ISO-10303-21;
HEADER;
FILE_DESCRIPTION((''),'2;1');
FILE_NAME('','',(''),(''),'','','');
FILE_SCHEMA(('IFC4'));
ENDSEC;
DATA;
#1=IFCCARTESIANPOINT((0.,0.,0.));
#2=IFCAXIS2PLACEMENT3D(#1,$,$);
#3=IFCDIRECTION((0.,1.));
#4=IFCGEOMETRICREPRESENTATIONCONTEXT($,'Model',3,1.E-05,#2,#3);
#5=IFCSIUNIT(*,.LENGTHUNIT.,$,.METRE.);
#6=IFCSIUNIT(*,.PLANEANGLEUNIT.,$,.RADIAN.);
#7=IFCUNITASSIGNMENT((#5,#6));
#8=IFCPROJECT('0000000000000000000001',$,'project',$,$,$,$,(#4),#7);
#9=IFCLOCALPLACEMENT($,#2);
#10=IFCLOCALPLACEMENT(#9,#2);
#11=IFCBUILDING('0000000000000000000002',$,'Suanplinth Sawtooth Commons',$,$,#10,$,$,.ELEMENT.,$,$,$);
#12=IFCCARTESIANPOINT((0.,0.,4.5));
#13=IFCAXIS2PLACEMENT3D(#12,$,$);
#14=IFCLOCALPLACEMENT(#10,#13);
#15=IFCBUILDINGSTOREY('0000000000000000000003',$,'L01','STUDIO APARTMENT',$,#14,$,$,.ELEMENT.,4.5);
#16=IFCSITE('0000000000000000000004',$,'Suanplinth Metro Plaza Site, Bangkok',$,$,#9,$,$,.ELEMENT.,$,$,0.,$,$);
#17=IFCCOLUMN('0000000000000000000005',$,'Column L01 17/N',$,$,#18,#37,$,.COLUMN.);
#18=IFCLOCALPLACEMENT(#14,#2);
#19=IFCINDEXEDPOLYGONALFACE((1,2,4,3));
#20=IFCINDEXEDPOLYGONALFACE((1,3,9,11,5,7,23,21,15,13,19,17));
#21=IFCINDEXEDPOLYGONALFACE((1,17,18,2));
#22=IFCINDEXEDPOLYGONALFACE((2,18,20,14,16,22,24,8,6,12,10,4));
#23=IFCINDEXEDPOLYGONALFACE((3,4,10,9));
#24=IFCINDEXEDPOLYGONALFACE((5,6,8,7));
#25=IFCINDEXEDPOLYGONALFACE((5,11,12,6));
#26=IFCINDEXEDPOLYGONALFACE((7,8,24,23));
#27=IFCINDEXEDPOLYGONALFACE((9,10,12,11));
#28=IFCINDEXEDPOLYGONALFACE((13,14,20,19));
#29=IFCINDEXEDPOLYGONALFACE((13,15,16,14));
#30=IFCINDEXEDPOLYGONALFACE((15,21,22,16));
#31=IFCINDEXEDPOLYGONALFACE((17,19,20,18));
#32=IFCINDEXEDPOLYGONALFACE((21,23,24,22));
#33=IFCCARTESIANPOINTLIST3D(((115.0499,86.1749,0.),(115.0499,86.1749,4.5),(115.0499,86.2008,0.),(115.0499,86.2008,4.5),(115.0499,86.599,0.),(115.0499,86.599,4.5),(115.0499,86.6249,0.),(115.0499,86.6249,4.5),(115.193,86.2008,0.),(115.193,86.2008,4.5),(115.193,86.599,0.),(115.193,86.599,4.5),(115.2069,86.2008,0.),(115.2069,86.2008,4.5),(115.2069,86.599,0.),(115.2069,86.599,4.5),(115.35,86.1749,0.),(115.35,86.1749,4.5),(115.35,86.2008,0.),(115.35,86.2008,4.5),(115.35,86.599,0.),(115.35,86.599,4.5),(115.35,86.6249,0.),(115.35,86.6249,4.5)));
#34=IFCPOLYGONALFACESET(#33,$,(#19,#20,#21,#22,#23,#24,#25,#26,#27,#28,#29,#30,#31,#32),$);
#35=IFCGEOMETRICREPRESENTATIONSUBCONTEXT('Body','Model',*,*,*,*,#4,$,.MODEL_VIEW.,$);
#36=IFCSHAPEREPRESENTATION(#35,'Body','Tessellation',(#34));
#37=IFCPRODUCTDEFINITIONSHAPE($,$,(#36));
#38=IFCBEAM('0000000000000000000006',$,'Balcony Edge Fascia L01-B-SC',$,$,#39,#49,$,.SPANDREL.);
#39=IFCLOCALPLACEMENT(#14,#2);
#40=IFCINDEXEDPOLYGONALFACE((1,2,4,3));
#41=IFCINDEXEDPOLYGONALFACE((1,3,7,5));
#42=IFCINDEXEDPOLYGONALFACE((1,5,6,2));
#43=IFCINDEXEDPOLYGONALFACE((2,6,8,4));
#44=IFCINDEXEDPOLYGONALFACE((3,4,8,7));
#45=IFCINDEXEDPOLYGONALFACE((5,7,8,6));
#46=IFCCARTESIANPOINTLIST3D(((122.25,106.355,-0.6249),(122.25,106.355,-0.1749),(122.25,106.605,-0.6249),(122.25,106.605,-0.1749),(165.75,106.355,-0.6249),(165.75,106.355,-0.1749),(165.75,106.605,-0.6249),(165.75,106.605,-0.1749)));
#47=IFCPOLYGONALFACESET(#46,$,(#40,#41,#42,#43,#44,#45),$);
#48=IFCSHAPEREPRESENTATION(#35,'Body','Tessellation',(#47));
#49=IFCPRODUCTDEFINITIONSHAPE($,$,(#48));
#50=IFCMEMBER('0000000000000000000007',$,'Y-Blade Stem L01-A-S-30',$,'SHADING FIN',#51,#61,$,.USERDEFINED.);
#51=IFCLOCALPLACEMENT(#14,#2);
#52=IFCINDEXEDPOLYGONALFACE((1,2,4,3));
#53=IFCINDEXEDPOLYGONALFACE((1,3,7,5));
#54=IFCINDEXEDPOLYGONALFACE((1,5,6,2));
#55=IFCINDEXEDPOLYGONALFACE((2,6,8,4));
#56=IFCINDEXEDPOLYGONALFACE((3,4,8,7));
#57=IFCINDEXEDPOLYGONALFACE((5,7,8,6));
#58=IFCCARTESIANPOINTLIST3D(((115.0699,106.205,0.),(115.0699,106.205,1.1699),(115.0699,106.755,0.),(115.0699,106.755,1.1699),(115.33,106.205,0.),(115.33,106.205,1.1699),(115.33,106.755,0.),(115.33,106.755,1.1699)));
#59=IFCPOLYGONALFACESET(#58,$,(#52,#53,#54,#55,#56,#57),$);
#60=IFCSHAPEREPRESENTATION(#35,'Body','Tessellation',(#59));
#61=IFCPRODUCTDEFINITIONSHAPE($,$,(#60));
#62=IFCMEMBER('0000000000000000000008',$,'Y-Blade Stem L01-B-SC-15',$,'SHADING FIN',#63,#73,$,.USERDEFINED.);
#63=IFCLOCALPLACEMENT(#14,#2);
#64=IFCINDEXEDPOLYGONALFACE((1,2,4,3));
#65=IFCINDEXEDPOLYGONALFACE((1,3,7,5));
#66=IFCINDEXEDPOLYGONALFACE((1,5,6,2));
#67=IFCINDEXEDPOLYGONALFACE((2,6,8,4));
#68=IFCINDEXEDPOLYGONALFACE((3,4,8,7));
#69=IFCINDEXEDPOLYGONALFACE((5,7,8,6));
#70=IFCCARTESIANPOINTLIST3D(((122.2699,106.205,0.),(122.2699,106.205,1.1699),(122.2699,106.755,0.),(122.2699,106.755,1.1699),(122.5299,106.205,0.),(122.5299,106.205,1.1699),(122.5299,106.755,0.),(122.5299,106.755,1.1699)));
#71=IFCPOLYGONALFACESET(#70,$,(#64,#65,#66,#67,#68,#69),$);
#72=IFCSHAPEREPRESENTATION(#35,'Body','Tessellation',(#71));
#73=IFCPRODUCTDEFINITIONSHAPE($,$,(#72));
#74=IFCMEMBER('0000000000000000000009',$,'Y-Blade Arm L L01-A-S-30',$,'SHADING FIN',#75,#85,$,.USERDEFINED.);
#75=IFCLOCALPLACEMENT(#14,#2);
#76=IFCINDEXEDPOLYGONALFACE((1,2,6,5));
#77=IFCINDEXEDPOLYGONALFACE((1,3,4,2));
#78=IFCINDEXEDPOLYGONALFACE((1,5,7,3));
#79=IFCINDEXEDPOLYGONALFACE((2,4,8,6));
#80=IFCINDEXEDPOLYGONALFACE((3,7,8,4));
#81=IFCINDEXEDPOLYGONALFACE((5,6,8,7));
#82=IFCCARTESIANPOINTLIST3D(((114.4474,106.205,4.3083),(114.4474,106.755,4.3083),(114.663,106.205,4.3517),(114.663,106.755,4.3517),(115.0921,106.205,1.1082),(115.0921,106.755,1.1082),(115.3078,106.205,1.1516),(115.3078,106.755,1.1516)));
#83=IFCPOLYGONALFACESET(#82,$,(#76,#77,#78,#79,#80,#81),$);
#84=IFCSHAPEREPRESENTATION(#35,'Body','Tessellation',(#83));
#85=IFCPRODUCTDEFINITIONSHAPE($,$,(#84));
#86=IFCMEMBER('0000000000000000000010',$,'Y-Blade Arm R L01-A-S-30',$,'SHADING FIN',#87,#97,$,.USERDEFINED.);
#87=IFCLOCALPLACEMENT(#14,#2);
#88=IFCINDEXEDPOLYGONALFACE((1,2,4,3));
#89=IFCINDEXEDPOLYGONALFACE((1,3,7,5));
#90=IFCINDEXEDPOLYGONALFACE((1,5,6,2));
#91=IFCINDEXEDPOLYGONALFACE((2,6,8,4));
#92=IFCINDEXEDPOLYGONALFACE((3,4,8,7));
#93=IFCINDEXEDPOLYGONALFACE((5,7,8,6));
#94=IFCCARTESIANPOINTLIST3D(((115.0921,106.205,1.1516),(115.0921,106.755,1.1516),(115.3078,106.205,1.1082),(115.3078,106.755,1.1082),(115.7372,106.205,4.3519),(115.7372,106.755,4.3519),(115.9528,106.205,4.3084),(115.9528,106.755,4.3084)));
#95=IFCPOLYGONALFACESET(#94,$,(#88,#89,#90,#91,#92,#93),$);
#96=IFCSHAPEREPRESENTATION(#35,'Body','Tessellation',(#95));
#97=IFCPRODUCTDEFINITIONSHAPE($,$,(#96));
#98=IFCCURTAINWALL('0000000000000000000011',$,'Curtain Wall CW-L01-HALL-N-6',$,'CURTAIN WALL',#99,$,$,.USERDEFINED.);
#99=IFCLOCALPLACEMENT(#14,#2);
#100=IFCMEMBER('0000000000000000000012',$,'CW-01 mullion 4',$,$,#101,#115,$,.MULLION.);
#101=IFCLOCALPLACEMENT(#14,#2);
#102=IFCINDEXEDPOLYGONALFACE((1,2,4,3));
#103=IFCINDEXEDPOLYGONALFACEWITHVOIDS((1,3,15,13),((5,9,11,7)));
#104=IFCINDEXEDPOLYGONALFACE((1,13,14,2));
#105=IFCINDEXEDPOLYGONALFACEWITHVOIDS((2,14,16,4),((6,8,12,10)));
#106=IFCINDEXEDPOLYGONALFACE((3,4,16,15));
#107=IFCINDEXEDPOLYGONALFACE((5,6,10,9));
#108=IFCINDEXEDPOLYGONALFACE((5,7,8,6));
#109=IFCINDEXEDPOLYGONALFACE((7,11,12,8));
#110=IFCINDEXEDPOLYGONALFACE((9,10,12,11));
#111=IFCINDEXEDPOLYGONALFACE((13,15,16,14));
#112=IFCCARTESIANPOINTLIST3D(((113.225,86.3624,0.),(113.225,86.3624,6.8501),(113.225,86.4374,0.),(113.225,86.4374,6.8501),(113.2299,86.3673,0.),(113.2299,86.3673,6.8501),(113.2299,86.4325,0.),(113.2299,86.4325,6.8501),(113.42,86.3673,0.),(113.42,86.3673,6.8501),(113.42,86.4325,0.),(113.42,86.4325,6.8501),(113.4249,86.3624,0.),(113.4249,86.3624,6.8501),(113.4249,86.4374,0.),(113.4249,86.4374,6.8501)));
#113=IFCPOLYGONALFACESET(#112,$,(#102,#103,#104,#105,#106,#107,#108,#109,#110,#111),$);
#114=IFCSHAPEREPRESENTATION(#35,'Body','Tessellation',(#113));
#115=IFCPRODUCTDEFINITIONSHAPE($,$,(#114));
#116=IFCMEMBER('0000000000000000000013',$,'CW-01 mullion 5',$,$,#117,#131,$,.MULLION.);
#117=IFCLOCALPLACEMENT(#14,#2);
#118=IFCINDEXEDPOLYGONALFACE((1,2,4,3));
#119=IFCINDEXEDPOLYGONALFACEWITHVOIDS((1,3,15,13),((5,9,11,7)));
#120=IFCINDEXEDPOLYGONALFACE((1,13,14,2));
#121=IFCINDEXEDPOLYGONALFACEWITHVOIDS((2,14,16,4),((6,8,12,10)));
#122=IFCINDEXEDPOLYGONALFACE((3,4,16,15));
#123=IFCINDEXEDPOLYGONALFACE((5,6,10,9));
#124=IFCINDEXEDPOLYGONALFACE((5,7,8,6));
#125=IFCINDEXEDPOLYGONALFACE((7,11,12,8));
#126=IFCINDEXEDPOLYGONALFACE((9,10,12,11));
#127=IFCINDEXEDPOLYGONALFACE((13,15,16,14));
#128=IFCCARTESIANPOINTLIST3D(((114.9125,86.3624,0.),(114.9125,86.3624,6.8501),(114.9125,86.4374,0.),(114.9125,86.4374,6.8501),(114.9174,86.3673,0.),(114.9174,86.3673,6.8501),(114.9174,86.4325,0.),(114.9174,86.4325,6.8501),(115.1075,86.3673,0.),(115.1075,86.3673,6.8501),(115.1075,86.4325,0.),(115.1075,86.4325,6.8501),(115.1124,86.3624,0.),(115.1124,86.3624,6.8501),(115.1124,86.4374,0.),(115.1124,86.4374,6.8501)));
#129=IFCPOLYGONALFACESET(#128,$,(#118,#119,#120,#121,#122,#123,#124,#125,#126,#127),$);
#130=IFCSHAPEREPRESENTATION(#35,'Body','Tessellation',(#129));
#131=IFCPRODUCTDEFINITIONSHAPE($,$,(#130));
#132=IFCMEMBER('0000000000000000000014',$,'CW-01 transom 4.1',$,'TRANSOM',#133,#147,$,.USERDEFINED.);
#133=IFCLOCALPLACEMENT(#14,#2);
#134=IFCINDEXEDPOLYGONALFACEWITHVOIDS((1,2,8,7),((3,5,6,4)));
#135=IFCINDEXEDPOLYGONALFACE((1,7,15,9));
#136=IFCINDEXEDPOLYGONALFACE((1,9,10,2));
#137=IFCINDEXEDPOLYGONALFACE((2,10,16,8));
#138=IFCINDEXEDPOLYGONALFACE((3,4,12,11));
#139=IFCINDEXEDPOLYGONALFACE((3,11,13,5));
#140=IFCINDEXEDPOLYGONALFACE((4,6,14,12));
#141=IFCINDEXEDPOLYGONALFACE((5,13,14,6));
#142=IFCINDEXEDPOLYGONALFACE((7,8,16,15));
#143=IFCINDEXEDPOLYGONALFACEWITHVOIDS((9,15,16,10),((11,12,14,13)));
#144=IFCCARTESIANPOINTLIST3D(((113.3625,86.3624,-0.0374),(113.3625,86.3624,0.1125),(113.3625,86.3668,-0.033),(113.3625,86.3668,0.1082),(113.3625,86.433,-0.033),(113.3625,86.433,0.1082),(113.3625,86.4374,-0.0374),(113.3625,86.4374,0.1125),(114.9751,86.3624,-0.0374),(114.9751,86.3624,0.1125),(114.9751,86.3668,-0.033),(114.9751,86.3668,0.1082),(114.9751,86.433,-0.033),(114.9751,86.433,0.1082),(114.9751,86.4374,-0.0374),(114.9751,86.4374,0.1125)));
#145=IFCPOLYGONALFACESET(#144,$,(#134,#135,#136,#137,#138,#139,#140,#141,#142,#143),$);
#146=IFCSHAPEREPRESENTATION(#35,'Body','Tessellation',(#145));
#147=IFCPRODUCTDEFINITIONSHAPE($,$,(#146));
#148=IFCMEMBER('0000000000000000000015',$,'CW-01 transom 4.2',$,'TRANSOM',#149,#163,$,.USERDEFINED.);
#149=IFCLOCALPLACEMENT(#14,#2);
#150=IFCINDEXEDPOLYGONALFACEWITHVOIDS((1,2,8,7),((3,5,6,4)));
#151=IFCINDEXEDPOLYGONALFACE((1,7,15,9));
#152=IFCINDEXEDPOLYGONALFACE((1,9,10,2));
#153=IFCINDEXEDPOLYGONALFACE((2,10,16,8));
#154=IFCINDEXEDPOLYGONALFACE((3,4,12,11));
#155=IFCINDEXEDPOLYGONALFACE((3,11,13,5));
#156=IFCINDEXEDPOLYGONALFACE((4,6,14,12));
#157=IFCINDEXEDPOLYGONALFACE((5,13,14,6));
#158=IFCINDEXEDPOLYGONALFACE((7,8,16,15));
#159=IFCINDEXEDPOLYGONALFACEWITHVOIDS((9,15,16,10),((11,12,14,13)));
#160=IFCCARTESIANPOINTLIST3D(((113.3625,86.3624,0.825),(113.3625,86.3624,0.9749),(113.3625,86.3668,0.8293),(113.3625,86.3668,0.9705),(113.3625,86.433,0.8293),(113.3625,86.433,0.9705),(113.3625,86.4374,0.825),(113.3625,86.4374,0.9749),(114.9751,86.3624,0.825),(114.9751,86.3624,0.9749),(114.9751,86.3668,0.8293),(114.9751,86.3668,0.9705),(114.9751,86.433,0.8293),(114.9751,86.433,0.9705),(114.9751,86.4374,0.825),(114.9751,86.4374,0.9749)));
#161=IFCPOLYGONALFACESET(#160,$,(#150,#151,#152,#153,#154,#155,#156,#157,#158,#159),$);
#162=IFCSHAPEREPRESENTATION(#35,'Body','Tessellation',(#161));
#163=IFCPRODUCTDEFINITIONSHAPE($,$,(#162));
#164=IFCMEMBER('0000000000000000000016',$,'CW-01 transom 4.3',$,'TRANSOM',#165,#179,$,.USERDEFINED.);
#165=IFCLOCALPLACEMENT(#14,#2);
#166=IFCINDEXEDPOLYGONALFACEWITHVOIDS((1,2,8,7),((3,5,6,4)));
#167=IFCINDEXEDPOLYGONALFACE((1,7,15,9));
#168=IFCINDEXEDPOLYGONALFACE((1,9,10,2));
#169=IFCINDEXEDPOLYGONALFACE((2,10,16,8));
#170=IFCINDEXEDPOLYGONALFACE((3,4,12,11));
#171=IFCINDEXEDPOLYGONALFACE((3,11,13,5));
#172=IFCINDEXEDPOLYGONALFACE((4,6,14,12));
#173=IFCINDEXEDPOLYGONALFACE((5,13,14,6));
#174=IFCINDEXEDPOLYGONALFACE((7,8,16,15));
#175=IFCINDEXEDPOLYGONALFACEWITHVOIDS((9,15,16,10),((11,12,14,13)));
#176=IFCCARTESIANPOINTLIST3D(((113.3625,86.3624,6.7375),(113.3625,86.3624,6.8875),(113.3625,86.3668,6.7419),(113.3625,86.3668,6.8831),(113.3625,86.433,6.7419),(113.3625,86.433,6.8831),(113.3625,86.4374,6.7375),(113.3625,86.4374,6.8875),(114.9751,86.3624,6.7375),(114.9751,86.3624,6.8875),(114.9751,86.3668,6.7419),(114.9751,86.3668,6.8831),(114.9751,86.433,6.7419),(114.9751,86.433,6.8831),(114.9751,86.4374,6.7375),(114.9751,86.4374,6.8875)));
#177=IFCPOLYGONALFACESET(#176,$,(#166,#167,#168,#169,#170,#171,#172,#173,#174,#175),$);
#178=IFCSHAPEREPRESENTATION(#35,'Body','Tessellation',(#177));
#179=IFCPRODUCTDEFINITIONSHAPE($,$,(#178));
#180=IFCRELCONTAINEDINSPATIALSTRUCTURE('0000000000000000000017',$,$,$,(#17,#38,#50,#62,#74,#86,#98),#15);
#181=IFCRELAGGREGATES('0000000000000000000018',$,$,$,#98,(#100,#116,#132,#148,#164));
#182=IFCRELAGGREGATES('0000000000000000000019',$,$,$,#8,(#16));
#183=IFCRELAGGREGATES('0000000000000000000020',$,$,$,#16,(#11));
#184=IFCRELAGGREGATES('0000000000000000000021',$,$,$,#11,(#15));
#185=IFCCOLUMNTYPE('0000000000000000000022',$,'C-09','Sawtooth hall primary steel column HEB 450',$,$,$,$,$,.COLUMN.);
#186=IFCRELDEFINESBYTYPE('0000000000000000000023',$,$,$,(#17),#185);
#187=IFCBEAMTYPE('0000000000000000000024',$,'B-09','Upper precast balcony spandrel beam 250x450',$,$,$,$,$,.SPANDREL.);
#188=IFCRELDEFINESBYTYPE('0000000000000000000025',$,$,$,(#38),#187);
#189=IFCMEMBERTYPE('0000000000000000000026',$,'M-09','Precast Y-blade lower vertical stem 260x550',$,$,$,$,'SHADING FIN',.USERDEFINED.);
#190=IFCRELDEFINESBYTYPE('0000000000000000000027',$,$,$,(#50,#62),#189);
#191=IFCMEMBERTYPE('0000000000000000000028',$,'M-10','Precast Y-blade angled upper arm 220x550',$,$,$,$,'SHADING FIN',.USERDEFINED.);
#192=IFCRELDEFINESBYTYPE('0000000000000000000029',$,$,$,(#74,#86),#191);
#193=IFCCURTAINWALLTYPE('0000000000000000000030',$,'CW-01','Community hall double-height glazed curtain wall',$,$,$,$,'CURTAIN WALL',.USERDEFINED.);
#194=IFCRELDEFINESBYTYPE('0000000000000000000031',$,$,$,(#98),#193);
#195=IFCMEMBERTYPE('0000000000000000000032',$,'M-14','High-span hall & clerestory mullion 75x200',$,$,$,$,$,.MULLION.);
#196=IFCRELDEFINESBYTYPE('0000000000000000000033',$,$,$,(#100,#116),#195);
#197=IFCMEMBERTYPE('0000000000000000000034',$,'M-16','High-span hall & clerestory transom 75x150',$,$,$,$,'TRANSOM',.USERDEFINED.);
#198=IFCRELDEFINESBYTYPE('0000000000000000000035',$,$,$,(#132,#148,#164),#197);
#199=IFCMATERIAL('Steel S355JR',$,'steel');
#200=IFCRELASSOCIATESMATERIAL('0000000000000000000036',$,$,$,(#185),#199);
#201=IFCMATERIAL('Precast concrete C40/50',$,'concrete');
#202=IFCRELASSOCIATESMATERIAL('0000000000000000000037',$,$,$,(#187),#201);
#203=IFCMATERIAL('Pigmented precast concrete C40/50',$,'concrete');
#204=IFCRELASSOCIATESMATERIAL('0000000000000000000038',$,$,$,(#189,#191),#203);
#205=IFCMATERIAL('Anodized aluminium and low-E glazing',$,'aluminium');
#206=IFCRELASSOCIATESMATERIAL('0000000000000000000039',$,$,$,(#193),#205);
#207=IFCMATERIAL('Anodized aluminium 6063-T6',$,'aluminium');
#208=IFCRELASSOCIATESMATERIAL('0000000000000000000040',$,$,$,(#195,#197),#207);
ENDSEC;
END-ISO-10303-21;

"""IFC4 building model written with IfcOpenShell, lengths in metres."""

from ifc_helpers import new_model, si_unit, direction, frame, origin, origin_2d, place, context, subcontext, project, spatial, rectangle, hollow_rectangle, i_section, extrude, material, material_profile, profile_set, type_object, element, aggregate, save


model = new_model("IFC4")

# Units and contexts
model_context = context("Model", 3, precision=1e-05, world=origin(), true_north=direction((0.0, 1.0)))
body_context = subcontext(model_context, "Body", "Model", "MODEL_VIEW")
ifc_project = project(units=[si_unit("LENGTHUNIT", "METRE"), si_unit("PLANEANGLEUNIT", "RADIAN")], contexts=[model_context])

# Site, building, storey
site_placement = place(None, origin())
site = spatial("IfcSite", under=ifc_project, at=site_placement, Name="Suanplinth Metro Plaza Site, Bangkok", CompositionType="ELEMENT", RefElevation=0.0)
building_placement = place(site_placement, origin())
building = spatial("IfcBuilding", under=site, at=building_placement, Name="Suanplinth Sawtooth Commons", CompositionType="ELEMENT")
storey_placement = place(building_placement, frame((0.0, 0.0, 4.5)))
storey = spatial("IfcBuildingStorey", under=building, at=storey_placement, Name="L01", Description="STUDIO APARTMENT", CompositionType="ELEMENT", Elevation=4.5)

# Column
ifc_material_1 = material(Name="Steel S355JR", Category="steel")
ifc_material_profile_1 = material_profile(ifc_material_1, i_section(OverallWidth=0.3, OverallDepth=0.45, WebThickness=0.0139, FlangeThickness=0.0259, at=origin_2d()), Name="HEB 450")
ifc_profile_set_1 = profile_set([ifc_material_profile_1], Name="Steel S355JR")
column_type = type_object("IfcColumnType", Name="C-09", Description="Sawtooth hall primary steel column HEB 450", PredefinedType="COLUMN", material=ifc_profile_set_1)
column_placement = place(storey_placement, frame((115.2, 86.3999, 0.0), z_axis=(0.0, 0.0, 1.0), x_axis=(1.0, 0.0, 0.0)))
element("IfcColumn", 1, at=column_placement, inside=storey, type_object=column_type, Name="Column L01 17/N", PredefinedType="COLUMN", context=body_context, shape_type="SweptSolid", body=[
    extrude(i_section(OverallWidth=0.3, OverallDepth=0.45, WebThickness=0.0139, FlangeThickness=0.0259, at=origin_2d()), origin(), (0.0, 0.0, 1.0), 4.5),
])

# Beam
ifc_material_2 = material(Name="Precast concrete C40/50", Category="concrete")
ifc_material_profile_2 = material_profile(ifc_material_2, rectangle(XDim=0.25, YDim=0.45, at=origin_2d()), Name="PC-SP 250x450")
ifc_profile_set_2 = profile_set([ifc_material_profile_2], Name="Precast concrete C40/50")
beam_type = type_object("IfcBeamType", Name="B-09", Description="Upper precast balcony spandrel beam 250x450", PredefinedType="SPANDREL", material=ifc_profile_set_2)
beam_placement = place(storey_placement, frame((122.25, 106.48, -0.3999), z_axis=(1.0, 0.0, 0.0), x_axis=(0.0, 1.0, 0.0)))
element("IfcBeam", 2, at=beam_placement, inside=storey, type_object=beam_type, Name="Balcony Edge Fascia L01-B-SC", PredefinedType="SPANDREL", context=body_context, shape_type="SweptSolid", body=[
    extrude(rectangle(XDim=0.25, YDim=0.45, at=origin_2d()), origin(), (0.0, 0.0, 1.0), 43.5),
])

# Members
ifc_material_3 = material(Name="Pigmented precast concrete C40/50", Category="concrete")
ifc_material_profile_3 = material_profile(ifc_material_3, rectangle(XDim=0.26, YDim=0.55, at=origin_2d()), Name="PC-FIN 260x550")
ifc_profile_set_3 = profile_set([ifc_material_profile_3], Name="Pigmented precast concrete C40/50")
member_type_1 = type_object("IfcMemberType", Name="M-09", Description="Precast Y-blade lower vertical stem 260x550", ElementType="SHADING FIN", PredefinedType="USERDEFINED", material=ifc_profile_set_3)
for number, where, z_axis, x_axis, name in (
    (3, (115.2, 106.48, 0.0), (0.0, 0.0, 1.0), (1.0, 0.0, 0.0), "Y-Blade Stem L01-A-S-30"),
    (4, (122.3999, 106.48, 0.0), (0.0, 0.0, 1.0), (1.0, 0.0, 0.0), "Y-Blade Stem L01-B-SC-15"),
):
    element("IfcMember", number, at=place(storey_placement, frame(where, z_axis=z_axis, x_axis=x_axis)), inside=storey, type_object=member_type_1, Name=name, ObjectType="SHADING FIN", PredefinedType="USERDEFINED", context=body_context, shape_type="SweptSolid", body=[
        extrude(rectangle(XDim=0.26, YDim=0.55, at=origin_2d()), origin(), (0.0, 0.0, 1.0), 1.1699),
    ])
ifc_material_profile_4 = material_profile(ifc_material_3, rectangle(XDim=0.22, YDim=0.55, at=origin_2d()), Name="PC-FIN 220x550")
ifc_profile_set_4 = profile_set([ifc_material_profile_4], Name="Pigmented precast concrete C40/50")
member_type_2 = type_object("IfcMemberType", Name="M-10", Description="Precast Y-blade angled upper arm 220x550", ElementType="SHADING FIN", PredefinedType="USERDEFINED", material=ifc_profile_set_4)
member_1_placement = place(storey_placement, frame((115.2, 106.48, 1.1299), z_axis=(-0.197511, 0.0, 0.980301), x_axis=(0.980301, 0.0, 0.197511)))
element("IfcMember", 5, at=member_1_placement, inside=storey, type_object=member_type_2, Name="Y-Blade Arm L L01-A-S-30", ObjectType="SHADING FIN", PredefinedType="USERDEFINED", context=body_context, shape_type="SweptSolid", body=[
    extrude(rectangle(XDim=0.22, YDim=0.55, at=origin_2d()), origin(), (0.0, 0.0, 1.0), 3.2644),
])
member_2_placement = place(storey_placement, frame((115.2, 106.48, 1.1299), z_axis=(0.197583, 0.0, 0.980286), x_axis=(-0.980286, 0.0, 0.197583)))
element("IfcMember", 6, at=member_2_placement, inside=storey, type_object=member_type_2, Name="Y-Blade Arm R L01-A-S-30", ObjectType="SHADING FIN", PredefinedType="USERDEFINED", context=body_context, shape_type="SweptSolid", body=[
    extrude(rectangle(XDim=0.22, YDim=0.55, at=origin_2d()), origin(), (0.0, 0.0, 1.0), 3.2646),
])

# Curtain wall, members
ifc_material_4 = material(Name="Anodized aluminium and low-E glazing", Category="aluminium")
curtain_wall_type = type_object("IfcCurtainWallType", Name="CW-01", Description="Community hall double-height glazed curtain wall", ElementType="CURTAIN WALL", PredefinedType="USERDEFINED", material=ifc_material_4)
curtain_wall_placement = place(storey_placement, origin())
curtain_wall = element("IfcCurtainWall", 7, at=curtain_wall_placement, inside=storey, type_object=curtain_wall_type, Name="Curtain Wall CW-L01-HALL-N-6", ObjectType="CURTAIN WALL", PredefinedType="USERDEFINED")
ifc_material_5 = material(Name="Anodized aluminium 6063-T6", Category="aluminium")
ifc_material_profile_5 = material_profile(ifc_material_5, hollow_rectangle(XDim=0.075, YDim=0.2, WallThickness=0.0049, at=origin_2d()), Name="ALU-MUL 75x200")
ifc_profile_set_5 = profile_set([ifc_material_profile_5], Name="Anodized aluminium 6063-T6")
member_type_3 = type_object("IfcMemberType", Name="M-14", Description="High-span hall & clerestory mullion 75x200", PredefinedType="MULLION", material=ifc_profile_set_5)
member_3_placement = place(storey_placement, frame((113.325, 86.3999, 0.0), z_axis=(0.0, 0.0, 1.0), x_axis=(0.0, 1.0, 0.0)))
member_3 = element("IfcMember", 8, at=member_3_placement, type_object=member_type_3, Name="CW-01 mullion 4", PredefinedType="MULLION", context=body_context, shape_type="SweptSolid", body=[
    extrude(hollow_rectangle(XDim=0.075, YDim=0.2, WallThickness=0.0049, at=origin_2d()), origin(), (0.0, 0.0, 1.0), 6.8501),
])
member_4_placement = place(storey_placement, frame((115.0125, 86.3999, 0.0), z_axis=(0.0, 0.0, 1.0), x_axis=(0.0, 1.0, 0.0)))
member_4 = element("IfcMember", 9, at=member_4_placement, type_object=member_type_3, Name="CW-01 mullion 5", PredefinedType="MULLION", context=body_context, shape_type="SweptSolid", body=[
    extrude(hollow_rectangle(XDim=0.075, YDim=0.2, WallThickness=0.0049, at=origin_2d()), origin(), (0.0, 0.0, 1.0), 6.8501),
])
ifc_material_profile_6 = material_profile(ifc_material_5, hollow_rectangle(XDim=0.075, YDim=0.1499, WallThickness=0.0044, at=origin_2d()), Name="ALU-TRN 75x150")
ifc_profile_set_6 = profile_set([ifc_material_profile_6], Name="Anodized aluminium 6063-T6")
member_type_4 = type_object("IfcMemberType", Name="M-16", Description="High-span hall & clerestory transom 75x150", ElementType="TRANSOM", PredefinedType="USERDEFINED", material=ifc_profile_set_6)
member_5_placement = place(storey_placement, frame((113.3625, 86.3999, 0.0376), z_axis=(1.0, 0.0, 0.0), x_axis=(0.0, 1.0, 0.0)))
member_5 = element("IfcMember", 10, at=member_5_placement, type_object=member_type_4, Name="CW-01 transom 4.1", ObjectType="TRANSOM", PredefinedType="USERDEFINED", context=body_context, shape_type="SweptSolid", body=[
    extrude(hollow_rectangle(XDim=0.075, YDim=0.1499, WallThickness=0.0044, at=origin_2d()), origin(), (0.0, 0.0, 1.0), 1.6125),
])
member_6_placement = place(storey_placement, frame((113.3625, 86.3999, 0.8999), z_axis=(1.0, 0.0, 0.0), x_axis=(0.0, 1.0, 0.0)))
member_6 = element("IfcMember", 11, at=member_6_placement, type_object=member_type_4, Name="CW-01 transom 4.2", ObjectType="TRANSOM", PredefinedType="USERDEFINED", context=body_context, shape_type="SweptSolid", body=[
    extrude(hollow_rectangle(XDim=0.075, YDim=0.1499, WallThickness=0.0044, at=origin_2d()), origin(), (0.0, 0.0, 1.0), 1.6125),
])
member_7_placement = place(storey_placement, frame((113.3625, 86.3999, 6.8125), z_axis=(1.0, 0.0, 0.0), x_axis=(0.0, 1.0, 0.0)))
member_7 = element("IfcMember", 12, at=member_7_placement, type_object=member_type_4, Name="CW-01 transom 4.3", ObjectType="TRANSOM", PredefinedType="USERDEFINED", context=body_context, shape_type="SweptSolid", body=[
    extrude(hollow_rectangle(XDim=0.075, YDim=0.1499, WallThickness=0.0044, at=origin_2d()), origin(), (0.0, 0.0, 1.0), 1.6125),
])

aggregate(curtain_wall, [member_3, member_4, member_5, member_6, member_7])

save(model, "model.ifc")
